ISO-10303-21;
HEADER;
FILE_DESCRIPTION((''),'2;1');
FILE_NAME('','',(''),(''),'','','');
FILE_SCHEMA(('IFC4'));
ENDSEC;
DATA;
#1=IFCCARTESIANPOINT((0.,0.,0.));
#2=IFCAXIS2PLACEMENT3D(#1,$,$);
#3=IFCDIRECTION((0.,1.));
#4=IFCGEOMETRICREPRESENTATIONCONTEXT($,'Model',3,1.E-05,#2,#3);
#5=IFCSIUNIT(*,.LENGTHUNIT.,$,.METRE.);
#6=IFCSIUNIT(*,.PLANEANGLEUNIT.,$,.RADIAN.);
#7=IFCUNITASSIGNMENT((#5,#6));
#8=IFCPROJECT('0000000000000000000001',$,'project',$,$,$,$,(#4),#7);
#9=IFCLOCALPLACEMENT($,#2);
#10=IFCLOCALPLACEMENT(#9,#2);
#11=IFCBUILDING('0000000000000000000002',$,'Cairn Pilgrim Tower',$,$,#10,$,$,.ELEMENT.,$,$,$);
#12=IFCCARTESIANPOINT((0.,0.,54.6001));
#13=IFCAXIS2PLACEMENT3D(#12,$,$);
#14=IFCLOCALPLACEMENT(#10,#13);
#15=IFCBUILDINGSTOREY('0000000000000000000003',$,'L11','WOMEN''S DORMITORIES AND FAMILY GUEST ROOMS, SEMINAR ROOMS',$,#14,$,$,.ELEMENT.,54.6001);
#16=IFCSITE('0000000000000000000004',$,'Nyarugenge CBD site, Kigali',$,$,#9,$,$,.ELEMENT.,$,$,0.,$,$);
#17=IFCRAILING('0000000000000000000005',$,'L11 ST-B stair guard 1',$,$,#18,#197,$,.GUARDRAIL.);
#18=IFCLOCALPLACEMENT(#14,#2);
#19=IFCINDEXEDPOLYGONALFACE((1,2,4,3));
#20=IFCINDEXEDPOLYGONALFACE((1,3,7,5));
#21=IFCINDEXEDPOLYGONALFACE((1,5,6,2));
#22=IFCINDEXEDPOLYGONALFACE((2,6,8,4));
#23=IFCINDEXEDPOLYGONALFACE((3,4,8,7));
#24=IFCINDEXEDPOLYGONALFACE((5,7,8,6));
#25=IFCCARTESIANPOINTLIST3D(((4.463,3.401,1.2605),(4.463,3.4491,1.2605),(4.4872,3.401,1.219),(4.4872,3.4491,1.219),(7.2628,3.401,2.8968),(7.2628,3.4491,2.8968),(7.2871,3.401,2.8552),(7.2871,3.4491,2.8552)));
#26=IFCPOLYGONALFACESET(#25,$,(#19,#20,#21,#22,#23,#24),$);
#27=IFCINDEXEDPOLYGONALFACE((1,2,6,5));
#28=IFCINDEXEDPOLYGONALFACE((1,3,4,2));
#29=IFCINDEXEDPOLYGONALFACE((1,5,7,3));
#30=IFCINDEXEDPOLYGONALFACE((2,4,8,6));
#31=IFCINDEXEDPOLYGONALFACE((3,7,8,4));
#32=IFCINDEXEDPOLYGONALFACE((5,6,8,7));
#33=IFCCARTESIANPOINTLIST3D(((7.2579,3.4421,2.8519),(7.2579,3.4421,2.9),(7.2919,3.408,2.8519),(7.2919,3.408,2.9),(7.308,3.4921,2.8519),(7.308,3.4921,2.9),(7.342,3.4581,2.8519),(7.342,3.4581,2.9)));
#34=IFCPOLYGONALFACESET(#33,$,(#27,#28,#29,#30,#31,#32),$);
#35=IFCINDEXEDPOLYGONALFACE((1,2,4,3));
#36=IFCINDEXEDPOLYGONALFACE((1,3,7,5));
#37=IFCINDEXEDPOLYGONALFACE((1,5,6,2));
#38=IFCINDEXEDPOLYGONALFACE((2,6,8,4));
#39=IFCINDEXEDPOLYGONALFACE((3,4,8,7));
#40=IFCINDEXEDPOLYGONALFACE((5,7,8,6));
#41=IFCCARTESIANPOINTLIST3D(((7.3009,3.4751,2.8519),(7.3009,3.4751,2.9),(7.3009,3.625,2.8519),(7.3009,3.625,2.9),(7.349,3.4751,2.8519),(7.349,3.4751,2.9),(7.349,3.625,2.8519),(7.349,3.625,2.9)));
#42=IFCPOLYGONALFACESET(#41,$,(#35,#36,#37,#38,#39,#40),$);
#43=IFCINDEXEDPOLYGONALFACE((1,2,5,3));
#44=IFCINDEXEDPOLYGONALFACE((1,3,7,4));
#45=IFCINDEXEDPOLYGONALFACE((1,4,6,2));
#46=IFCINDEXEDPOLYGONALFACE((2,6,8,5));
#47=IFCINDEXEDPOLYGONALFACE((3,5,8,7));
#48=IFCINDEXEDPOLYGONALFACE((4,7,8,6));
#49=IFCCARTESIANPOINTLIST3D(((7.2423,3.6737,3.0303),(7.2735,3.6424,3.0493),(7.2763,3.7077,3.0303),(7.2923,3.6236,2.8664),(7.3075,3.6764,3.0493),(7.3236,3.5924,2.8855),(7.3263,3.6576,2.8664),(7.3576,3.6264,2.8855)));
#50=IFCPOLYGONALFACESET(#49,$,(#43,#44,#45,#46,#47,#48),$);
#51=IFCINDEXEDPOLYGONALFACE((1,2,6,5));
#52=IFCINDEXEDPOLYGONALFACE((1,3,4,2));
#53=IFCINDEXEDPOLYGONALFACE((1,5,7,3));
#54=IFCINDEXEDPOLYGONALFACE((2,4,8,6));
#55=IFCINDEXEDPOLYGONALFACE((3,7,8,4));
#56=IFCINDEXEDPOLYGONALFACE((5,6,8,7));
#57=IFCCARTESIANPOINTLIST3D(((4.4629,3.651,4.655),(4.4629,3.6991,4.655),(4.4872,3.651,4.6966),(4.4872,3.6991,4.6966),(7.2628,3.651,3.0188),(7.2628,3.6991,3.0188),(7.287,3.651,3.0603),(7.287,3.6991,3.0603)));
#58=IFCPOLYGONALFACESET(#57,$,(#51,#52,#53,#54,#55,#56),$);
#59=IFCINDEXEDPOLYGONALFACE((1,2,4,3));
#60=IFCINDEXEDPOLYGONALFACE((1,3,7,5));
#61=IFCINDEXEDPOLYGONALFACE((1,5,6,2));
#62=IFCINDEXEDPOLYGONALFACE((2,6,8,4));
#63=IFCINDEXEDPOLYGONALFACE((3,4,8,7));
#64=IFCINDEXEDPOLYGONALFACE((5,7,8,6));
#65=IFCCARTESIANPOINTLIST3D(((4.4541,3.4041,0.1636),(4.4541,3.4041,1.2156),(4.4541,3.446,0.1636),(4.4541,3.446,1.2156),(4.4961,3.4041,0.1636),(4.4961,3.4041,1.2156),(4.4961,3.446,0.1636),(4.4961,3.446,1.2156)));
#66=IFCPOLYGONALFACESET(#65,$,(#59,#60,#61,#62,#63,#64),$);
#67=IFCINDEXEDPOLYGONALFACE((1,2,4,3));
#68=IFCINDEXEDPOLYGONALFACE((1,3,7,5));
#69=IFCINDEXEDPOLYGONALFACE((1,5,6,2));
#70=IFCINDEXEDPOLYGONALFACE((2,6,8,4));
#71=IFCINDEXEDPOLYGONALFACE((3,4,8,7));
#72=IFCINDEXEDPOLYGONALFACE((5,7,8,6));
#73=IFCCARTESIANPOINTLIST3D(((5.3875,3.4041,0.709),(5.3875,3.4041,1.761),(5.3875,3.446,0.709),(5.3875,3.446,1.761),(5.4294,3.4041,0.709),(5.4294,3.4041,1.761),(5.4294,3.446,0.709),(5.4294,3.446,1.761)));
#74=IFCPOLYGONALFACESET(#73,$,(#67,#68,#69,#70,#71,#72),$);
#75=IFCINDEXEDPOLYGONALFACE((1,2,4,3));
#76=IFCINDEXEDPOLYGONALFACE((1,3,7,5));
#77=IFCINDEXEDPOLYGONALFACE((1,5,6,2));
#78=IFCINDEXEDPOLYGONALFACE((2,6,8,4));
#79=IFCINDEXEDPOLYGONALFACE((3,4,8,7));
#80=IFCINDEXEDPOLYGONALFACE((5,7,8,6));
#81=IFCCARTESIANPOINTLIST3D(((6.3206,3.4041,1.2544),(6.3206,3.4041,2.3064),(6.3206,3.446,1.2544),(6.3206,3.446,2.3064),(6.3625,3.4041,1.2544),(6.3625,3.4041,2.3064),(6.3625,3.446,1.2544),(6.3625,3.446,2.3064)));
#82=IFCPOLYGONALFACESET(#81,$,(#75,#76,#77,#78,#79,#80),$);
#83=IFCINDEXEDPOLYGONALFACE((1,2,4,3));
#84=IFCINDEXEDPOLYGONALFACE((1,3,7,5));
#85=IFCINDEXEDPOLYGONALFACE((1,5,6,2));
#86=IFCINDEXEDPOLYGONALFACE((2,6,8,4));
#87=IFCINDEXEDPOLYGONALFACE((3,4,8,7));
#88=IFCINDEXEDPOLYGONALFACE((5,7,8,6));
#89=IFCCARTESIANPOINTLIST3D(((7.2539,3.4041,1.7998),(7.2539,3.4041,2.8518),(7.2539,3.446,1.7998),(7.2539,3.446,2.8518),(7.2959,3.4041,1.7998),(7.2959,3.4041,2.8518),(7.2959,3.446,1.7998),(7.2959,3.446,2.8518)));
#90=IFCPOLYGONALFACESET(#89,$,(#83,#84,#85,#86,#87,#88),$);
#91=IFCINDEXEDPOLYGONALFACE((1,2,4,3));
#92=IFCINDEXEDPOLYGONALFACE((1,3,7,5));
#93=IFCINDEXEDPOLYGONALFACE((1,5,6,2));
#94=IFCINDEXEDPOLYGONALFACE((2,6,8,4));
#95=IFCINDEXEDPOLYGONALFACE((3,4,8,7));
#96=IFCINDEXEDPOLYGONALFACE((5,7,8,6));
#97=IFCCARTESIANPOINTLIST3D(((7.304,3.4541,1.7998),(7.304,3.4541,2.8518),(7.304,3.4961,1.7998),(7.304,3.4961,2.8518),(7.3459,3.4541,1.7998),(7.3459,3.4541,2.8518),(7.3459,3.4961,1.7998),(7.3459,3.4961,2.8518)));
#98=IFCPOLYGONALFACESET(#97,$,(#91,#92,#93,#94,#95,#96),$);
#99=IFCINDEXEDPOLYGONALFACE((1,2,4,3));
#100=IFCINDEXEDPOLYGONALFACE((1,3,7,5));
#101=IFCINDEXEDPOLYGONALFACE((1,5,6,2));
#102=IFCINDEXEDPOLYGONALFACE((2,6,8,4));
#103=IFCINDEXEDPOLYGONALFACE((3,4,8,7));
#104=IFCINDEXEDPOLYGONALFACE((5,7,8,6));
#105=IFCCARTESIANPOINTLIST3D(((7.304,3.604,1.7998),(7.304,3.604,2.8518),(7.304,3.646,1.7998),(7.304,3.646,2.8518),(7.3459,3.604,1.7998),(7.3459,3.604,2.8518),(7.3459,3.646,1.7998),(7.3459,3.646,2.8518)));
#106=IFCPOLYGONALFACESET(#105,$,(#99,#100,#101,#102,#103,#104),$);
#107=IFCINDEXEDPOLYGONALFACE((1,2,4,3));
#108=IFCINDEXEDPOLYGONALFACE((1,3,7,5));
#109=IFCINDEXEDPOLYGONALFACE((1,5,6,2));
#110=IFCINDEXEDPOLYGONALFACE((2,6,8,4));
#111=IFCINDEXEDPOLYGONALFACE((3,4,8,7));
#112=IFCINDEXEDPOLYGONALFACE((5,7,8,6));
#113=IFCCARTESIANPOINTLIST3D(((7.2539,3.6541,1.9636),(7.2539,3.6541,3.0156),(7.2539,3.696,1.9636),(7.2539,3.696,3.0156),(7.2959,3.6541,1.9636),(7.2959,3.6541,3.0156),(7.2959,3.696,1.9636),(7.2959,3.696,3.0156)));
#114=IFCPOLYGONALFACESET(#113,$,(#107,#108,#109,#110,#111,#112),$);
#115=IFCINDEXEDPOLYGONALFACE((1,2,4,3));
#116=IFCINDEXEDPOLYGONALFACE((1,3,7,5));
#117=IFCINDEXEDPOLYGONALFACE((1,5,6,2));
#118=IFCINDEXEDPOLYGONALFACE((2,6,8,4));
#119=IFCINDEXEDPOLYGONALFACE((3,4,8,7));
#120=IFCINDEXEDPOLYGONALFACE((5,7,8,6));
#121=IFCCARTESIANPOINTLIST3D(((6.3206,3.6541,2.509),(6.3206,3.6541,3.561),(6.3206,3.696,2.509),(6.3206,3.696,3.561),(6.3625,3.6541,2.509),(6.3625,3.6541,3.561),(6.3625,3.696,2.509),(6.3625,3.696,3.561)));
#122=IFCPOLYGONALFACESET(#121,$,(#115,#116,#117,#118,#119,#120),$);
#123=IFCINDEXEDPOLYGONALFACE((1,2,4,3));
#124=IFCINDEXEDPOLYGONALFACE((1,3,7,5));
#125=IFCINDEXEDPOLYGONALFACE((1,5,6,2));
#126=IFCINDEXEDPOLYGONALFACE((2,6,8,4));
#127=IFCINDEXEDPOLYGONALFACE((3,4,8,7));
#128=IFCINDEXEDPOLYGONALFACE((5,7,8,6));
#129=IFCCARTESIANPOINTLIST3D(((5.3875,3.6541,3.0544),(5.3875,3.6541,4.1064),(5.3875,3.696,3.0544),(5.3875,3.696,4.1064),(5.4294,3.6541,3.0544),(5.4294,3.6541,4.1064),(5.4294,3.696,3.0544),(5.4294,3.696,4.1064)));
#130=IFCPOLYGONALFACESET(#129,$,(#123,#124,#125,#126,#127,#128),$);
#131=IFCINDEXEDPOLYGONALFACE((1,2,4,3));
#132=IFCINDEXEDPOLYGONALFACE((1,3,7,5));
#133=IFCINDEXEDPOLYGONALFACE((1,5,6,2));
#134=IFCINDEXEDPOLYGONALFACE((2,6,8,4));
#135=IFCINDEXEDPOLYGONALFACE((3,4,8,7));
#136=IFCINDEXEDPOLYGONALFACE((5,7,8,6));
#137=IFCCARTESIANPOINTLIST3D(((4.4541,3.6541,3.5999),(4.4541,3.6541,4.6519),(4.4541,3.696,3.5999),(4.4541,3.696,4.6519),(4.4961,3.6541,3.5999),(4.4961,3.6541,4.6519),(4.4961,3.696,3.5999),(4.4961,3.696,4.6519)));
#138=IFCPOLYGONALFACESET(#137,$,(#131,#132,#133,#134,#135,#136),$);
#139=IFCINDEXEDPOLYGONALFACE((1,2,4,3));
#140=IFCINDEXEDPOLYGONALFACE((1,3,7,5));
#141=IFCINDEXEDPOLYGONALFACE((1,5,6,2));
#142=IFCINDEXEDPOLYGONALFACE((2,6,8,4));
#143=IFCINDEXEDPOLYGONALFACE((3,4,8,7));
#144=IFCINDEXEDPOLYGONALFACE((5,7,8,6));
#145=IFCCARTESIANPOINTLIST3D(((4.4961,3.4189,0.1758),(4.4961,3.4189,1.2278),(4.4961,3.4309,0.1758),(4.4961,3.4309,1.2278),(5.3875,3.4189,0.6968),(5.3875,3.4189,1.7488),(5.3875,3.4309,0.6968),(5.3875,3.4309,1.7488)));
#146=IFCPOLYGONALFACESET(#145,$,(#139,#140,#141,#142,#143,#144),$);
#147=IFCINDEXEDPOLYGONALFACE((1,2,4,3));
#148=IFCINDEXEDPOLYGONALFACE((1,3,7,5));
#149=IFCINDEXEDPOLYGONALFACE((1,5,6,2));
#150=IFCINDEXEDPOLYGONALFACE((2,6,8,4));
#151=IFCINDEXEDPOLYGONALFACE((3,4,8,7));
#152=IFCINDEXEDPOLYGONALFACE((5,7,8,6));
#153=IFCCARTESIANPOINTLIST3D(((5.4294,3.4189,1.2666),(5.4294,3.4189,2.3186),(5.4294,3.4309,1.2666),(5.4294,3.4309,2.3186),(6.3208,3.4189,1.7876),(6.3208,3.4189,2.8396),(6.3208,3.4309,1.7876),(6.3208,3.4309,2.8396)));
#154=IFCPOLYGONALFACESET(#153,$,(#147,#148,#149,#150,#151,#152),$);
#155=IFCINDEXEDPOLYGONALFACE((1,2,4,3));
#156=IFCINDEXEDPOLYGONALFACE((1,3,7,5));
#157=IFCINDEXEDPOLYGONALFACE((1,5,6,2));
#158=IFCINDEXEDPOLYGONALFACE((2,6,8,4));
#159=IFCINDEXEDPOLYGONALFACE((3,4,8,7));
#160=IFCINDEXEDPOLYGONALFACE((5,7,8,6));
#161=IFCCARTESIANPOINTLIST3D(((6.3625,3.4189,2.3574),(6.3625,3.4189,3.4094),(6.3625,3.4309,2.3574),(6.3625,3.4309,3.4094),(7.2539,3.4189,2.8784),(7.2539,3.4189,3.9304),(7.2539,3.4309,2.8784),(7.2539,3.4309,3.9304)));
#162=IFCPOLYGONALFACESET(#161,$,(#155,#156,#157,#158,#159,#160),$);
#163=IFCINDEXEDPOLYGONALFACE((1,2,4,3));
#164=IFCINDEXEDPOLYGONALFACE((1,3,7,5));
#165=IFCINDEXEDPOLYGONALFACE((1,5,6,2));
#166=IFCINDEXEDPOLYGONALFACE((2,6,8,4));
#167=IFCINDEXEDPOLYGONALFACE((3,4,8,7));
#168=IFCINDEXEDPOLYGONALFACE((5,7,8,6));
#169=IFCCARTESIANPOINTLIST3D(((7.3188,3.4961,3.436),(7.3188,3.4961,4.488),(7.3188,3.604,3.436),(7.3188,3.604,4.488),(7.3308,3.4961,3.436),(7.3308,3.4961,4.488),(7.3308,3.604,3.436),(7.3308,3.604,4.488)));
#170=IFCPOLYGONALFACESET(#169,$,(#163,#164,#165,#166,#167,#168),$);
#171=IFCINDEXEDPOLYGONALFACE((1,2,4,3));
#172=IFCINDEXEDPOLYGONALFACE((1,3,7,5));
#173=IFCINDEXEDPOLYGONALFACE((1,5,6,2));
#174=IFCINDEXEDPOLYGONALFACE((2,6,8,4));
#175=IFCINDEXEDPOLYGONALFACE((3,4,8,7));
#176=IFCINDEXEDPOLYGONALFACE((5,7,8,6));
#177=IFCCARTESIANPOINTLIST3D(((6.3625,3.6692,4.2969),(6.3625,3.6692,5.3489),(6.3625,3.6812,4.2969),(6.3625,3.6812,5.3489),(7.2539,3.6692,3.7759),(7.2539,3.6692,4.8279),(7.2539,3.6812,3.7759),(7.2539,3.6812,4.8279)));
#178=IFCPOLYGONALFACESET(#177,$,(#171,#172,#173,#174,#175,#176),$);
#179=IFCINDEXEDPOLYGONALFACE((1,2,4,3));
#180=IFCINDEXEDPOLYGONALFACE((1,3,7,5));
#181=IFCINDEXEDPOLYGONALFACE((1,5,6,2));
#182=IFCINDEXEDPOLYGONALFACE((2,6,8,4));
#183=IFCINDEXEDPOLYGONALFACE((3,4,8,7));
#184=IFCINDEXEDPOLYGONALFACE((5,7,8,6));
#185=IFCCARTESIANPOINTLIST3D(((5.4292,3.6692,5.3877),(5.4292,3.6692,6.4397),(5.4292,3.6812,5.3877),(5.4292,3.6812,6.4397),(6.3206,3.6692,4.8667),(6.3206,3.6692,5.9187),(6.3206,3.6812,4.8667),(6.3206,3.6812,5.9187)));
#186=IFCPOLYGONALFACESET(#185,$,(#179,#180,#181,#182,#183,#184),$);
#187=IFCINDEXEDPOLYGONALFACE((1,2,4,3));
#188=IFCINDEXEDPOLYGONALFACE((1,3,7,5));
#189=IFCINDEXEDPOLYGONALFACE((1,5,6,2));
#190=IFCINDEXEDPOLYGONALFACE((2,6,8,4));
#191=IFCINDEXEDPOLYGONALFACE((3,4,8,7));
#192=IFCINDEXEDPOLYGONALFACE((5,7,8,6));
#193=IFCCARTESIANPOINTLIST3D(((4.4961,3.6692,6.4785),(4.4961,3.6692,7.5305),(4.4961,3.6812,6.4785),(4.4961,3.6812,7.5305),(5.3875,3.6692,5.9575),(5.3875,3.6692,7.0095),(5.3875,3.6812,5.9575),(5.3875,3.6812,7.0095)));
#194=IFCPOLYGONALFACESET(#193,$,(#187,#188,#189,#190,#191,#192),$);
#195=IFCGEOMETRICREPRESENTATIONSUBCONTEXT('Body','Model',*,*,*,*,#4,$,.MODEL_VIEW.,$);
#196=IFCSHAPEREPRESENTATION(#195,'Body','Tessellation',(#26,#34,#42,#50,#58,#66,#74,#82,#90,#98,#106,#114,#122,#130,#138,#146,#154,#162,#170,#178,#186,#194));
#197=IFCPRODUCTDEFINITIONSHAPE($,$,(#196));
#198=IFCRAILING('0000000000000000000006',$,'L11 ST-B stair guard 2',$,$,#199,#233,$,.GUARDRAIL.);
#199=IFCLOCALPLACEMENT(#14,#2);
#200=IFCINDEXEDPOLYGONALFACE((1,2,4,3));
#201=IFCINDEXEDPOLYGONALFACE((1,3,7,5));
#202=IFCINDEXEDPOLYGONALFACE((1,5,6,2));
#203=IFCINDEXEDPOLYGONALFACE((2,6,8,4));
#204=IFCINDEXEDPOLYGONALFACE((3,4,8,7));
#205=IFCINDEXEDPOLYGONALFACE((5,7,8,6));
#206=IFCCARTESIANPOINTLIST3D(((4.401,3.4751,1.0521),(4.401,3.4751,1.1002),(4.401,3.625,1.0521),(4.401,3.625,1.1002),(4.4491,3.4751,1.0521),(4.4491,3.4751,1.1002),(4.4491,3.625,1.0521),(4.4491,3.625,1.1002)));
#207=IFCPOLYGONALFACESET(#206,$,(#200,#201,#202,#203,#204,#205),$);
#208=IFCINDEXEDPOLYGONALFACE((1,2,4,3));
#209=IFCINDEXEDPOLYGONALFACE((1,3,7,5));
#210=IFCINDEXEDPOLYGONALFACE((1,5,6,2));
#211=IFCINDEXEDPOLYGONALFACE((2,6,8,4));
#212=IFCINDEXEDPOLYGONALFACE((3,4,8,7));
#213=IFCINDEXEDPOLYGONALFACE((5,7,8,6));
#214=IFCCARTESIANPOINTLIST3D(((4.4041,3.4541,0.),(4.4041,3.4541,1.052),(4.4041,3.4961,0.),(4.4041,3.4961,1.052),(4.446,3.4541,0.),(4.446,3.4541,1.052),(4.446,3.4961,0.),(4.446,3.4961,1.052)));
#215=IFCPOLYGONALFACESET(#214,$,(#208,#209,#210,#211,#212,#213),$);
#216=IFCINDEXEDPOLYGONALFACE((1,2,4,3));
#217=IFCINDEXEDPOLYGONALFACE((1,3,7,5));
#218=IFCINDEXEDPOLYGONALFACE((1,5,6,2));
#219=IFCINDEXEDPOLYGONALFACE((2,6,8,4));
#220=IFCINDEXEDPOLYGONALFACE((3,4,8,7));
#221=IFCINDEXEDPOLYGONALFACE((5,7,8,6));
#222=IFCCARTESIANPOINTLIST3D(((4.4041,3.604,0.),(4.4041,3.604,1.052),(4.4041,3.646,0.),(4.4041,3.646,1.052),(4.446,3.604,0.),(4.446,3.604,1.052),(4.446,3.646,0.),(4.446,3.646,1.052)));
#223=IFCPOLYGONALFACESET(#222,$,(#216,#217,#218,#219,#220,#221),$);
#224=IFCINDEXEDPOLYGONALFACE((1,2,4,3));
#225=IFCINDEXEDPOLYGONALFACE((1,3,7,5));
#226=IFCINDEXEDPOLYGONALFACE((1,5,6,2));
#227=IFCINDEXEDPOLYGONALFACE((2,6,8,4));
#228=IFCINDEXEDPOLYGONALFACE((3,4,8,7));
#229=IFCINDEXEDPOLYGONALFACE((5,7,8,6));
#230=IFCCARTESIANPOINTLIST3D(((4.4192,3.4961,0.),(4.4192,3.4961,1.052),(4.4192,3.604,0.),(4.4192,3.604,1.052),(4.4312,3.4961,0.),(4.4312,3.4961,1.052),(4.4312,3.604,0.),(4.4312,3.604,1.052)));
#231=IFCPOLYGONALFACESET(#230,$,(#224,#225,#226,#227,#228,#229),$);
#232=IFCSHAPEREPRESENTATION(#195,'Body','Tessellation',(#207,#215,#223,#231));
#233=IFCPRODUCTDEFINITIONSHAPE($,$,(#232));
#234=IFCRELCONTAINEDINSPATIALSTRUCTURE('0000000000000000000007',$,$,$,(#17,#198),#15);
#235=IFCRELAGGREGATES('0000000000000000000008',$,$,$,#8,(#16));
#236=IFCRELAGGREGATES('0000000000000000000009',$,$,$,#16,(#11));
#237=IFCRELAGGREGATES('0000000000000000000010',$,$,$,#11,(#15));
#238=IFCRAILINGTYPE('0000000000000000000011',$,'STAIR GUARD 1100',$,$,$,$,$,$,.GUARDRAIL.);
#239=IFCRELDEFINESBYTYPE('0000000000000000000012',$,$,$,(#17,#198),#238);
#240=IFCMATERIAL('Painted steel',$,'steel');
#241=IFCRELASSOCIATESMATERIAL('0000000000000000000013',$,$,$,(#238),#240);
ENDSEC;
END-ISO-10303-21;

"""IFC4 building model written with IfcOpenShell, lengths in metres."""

from ifc_helpers import new_model, si_unit, direction, frame, origin, origin_2d, place, context, subcontext, project, spatial, polyline, rectangle, outline, extrude, material, type_object, element, save


model = new_model("IFC4")

# Units and contexts
model_context = context("Model", 3, precision=1e-05, world=origin(), true_north=direction((0.0, 1.0)))
body_context = subcontext(model_context, "Body", "Model", "MODEL_VIEW")
ifc_project = project(units=[si_unit("LENGTHUNIT", "METRE"), si_unit("PLANEANGLEUNIT", "RADIAN")], contexts=[model_context])

# Site, building, storey
site_placement = place(None, origin())
site = spatial("IfcSite", under=ifc_project, at=site_placement, Name="Nyarugenge CBD site, Kigali", CompositionType="ELEMENT", RefElevation=0.0)
building_placement = place(site_placement, origin())
building = spatial("IfcBuilding", under=site, at=building_placement, Name="Cairn Pilgrim Tower", CompositionType="ELEMENT")
storey_placement = place(building_placement, frame((0.0, 0.0, 54.6001)))
storey = spatial("IfcBuildingStorey", under=building, at=storey_placement, Name="L11", Description="WOMEN'S DORMITORIES AND FAMILY GUEST ROOMS, SEMINAR ROOMS", CompositionType="ELEMENT", Elevation=54.6001)

# Shared definitions
ifc_material_1 = material(Name="Painted steel", Category="steel")

# Railings
railing_type_1 = type_object("IfcRailingType", Name="STAIR GUARD 1100", PredefinedType="GUARDRAIL", material=ifc_material_1)
railing_1_placement = place(storey_placement, frame((4.4751, 3.425, 0.1636)))
element("IfcRailing", 1, at=railing_1_placement, inside=storey, type_object=railing_type_1, Name="L11 ST-B stair guard 1", PredefinedType="GUARDRAIL", context=body_context, shape_type="SweptSolid", body=[
    extrude(rectangle(XDim=0.0481, YDim=0.0481, at=origin_2d()), frame((0.0, 0.0, 1.0762), z_axis=(0.863374, 0.0, 0.504564), x_axis=(0.0, 1.0, 0.0)), (0.0, 0.0, 1.0), 3.2429),
    extrude(rectangle(XDim=0.0481, YDim=0.0481, at=origin_2d()), frame((2.7998, 0.0, 2.7124), z_axis=(0.707107, 0.707107, 0.0), x_axis=(-0.707107, 0.707107, 0.0)), (0.0, 0.0, 1.0), 0.0708),
    extrude(rectangle(XDim=0.0481, YDim=0.0481, at=origin_2d()), frame((2.8499, 0.05, 2.7124), z_axis=(0.0, 1.0, 0.0), x_axis=(-1.0, 0.0, 0.0)), (0.0, 0.0, 1.0), 0.1499),
    extrude(rectangle(XDim=0.0481, YDim=0.0481, at=origin_2d()), frame((2.8499, 0.2, 2.7124), z_axis=(-0.280456, 0.280456, 0.917981), x_axis=(-0.707107, -0.707107, 0.0)), (0.0, 0.0, 1.0), 0.1785),
    extrude(rectangle(XDim=0.0481, YDim=0.0481, at=origin_2d()), frame((2.7998, 0.25, 2.876), z_axis=(-0.863374, 0.0, 0.504564), x_axis=(0.0, -1.0, 0.0)), (0.0, 0.0, 1.0), 3.2429),
    extrude(rectangle(XDim=0.042, YDim=0.042, at=origin_2d()), origin(), (0.0, 0.0, 1.0), 1.052),
    extrude(rectangle(XDim=0.042, YDim=0.042, at=origin_2d()), frame((0.9333, 0.0, 0.5454)), (0.0, 0.0, 1.0), 1.052),
    extrude(rectangle(XDim=0.042, YDim=0.042, at=origin_2d()), frame((1.8665, 0.0, 1.0908)), (0.0, 0.0, 1.0), 1.052),
    extrude(rectangle(XDim=0.042, YDim=0.042, at=origin_2d()), frame((2.7998, 0.0, 1.6362)), (0.0, 0.0, 1.0), 1.052),
    extrude(rectangle(XDim=0.042, YDim=0.042, at=origin_2d()), frame((2.8499, 0.05, 1.6362)), (0.0, 0.0, 1.0), 1.052),
    extrude(rectangle(XDim=0.042, YDim=0.042, at=origin_2d()), frame((2.8499, 0.2, 1.6362)), (0.0, 0.0, 1.0), 1.052),
    extrude(rectangle(XDim=0.042, YDim=0.042, at=origin_2d()), frame((2.7998, 0.25, 1.8)), (0.0, 0.0, 1.0), 1.052),
    extrude(rectangle(XDim=0.042, YDim=0.042, at=origin_2d()), frame((1.8665, 0.25, 2.3455)), (0.0, 0.0, 1.0), 1.052),
    extrude(rectangle(XDim=0.042, YDim=0.042, at=origin_2d()), frame((0.9333, 0.25, 2.8909)), (0.0, 0.0, 1.0), 1.052),
    extrude(rectangle(XDim=0.042, YDim=0.042, at=origin_2d()), frame((0.0, 0.25, 3.4363)), (0.0, 0.0, 1.0), 1.052),
    extrude(outline(polyline([(0.021, 0.0122), (0.9124, 0.5332), (0.9124, 1.5852), (0.021, 1.0642), (0.021, 0.0122)])), frame((0.0, 0.0059, 0.0), z_axis=(0.0, -1.0, 0.0), x_axis=(1.0, 0.0, 0.0)), (0.0, 0.0, 1.0), 0.012),
    extrude(outline(polyline([(0.021, 0.5576), (0.9124, 1.0786), (0.9124, 2.1306), (0.021, 1.6096), (0.021, 0.5576)])), frame((0.9333, 0.0059, 0.5454), z_axis=(0.0, -1.0, 0.0), x_axis=(1.0, 0.0, 0.0)), (0.0, 0.0, 1.0), 0.012),
    extrude(outline(polyline([(0.021, 1.103), (0.9124, 1.624), (0.9124, 2.676), (0.021, 2.155), (0.021, 1.103)])), frame((1.8665, 0.0059, 1.0908), z_axis=(0.0, -1.0, 0.0), x_axis=(1.0, 0.0, 0.0)), (0.0, 0.0, 1.0), 0.012),
    extrude(outline(polyline([(0.021, 1.6362), (0.1289, 1.6362), (0.1289, 2.6882), (0.021, 2.6882), (0.021, 1.6362)])), frame((2.8438, 0.05, 1.6362), z_axis=(1.0, 0.0, 0.0), x_axis=(0.0, 1.0, 0.0)), (0.0, 0.0, 1.0), 0.012),
    extrude(outline(polyline([(0.021, 1.8123), (0.9124, 2.3333), (0.9124, 3.3853), (0.021, 2.8643), (0.021, 1.8123)])), frame((2.7998, 0.2441, 1.8), z_axis=(0.0, 1.0, 0.0), x_axis=(-1.0, 0.0, 0.0)), (0.0, 0.0, 1.0), 0.012),
    extrude(outline(polyline([(0.021, 2.3577), (0.9124, 2.8787), (0.9124, 3.9307), (0.021, 3.4097), (0.021, 2.3577)])), frame((1.8665, 0.2441, 2.3455), z_axis=(0.0, 1.0, 0.0), x_axis=(-1.0, 0.0, 0.0)), (0.0, 0.0, 1.0), 0.012),
    extrude(outline(polyline([(0.021, 2.9031), (0.9124, 3.4241), (0.9124, 4.4761), (0.021, 3.9551), (0.021, 2.9031)])), frame((0.9333, 0.2441, 2.8909), z_axis=(0.0, 1.0, 0.0), x_axis=(-1.0, 0.0, 0.0)), (0.0, 0.0, 1.0), 0.012),
])
railing_2_placement = place(storey_placement, frame((4.425, 3.4751, 0.0)))
element("IfcRailing", 2, at=railing_2_placement, inside=storey, type_object=railing_type_1, Name="L11 ST-B stair guard 2", PredefinedType="GUARDRAIL", context=body_context, shape_type="SweptSolid", body=[
    extrude(rectangle(XDim=0.0481, YDim=0.0481, at=origin_2d()), frame((0.0, 0.0, 1.0762), z_axis=(0.0, 1.0, 0.0), x_axis=(-1.0, 0.0, 0.0)), (0.0, 0.0, 1.0), 0.1499),
    extrude(rectangle(XDim=0.042, YDim=0.042, at=origin_2d()), origin(), (0.0, 0.0, 1.0), 1.052),
    extrude(rectangle(XDim=0.042, YDim=0.042, at=origin_2d()), frame((0.0, 0.1499, 0.0)), (0.0, 0.0, 1.0), 1.052),
    extrude(outline(polyline([(0.021, 0.0), (0.1289, 0.0), (0.1289, 1.052), (0.021, 1.052), (0.021, 0.0)])), frame((-0.0059, 0.0, 0.0), z_axis=(1.0, 0.0, 0.0), x_axis=(0.0, 1.0, 0.0)), (0.0, 0.0, 1.0), 0.012),
])

save(model, "model.ifc")
